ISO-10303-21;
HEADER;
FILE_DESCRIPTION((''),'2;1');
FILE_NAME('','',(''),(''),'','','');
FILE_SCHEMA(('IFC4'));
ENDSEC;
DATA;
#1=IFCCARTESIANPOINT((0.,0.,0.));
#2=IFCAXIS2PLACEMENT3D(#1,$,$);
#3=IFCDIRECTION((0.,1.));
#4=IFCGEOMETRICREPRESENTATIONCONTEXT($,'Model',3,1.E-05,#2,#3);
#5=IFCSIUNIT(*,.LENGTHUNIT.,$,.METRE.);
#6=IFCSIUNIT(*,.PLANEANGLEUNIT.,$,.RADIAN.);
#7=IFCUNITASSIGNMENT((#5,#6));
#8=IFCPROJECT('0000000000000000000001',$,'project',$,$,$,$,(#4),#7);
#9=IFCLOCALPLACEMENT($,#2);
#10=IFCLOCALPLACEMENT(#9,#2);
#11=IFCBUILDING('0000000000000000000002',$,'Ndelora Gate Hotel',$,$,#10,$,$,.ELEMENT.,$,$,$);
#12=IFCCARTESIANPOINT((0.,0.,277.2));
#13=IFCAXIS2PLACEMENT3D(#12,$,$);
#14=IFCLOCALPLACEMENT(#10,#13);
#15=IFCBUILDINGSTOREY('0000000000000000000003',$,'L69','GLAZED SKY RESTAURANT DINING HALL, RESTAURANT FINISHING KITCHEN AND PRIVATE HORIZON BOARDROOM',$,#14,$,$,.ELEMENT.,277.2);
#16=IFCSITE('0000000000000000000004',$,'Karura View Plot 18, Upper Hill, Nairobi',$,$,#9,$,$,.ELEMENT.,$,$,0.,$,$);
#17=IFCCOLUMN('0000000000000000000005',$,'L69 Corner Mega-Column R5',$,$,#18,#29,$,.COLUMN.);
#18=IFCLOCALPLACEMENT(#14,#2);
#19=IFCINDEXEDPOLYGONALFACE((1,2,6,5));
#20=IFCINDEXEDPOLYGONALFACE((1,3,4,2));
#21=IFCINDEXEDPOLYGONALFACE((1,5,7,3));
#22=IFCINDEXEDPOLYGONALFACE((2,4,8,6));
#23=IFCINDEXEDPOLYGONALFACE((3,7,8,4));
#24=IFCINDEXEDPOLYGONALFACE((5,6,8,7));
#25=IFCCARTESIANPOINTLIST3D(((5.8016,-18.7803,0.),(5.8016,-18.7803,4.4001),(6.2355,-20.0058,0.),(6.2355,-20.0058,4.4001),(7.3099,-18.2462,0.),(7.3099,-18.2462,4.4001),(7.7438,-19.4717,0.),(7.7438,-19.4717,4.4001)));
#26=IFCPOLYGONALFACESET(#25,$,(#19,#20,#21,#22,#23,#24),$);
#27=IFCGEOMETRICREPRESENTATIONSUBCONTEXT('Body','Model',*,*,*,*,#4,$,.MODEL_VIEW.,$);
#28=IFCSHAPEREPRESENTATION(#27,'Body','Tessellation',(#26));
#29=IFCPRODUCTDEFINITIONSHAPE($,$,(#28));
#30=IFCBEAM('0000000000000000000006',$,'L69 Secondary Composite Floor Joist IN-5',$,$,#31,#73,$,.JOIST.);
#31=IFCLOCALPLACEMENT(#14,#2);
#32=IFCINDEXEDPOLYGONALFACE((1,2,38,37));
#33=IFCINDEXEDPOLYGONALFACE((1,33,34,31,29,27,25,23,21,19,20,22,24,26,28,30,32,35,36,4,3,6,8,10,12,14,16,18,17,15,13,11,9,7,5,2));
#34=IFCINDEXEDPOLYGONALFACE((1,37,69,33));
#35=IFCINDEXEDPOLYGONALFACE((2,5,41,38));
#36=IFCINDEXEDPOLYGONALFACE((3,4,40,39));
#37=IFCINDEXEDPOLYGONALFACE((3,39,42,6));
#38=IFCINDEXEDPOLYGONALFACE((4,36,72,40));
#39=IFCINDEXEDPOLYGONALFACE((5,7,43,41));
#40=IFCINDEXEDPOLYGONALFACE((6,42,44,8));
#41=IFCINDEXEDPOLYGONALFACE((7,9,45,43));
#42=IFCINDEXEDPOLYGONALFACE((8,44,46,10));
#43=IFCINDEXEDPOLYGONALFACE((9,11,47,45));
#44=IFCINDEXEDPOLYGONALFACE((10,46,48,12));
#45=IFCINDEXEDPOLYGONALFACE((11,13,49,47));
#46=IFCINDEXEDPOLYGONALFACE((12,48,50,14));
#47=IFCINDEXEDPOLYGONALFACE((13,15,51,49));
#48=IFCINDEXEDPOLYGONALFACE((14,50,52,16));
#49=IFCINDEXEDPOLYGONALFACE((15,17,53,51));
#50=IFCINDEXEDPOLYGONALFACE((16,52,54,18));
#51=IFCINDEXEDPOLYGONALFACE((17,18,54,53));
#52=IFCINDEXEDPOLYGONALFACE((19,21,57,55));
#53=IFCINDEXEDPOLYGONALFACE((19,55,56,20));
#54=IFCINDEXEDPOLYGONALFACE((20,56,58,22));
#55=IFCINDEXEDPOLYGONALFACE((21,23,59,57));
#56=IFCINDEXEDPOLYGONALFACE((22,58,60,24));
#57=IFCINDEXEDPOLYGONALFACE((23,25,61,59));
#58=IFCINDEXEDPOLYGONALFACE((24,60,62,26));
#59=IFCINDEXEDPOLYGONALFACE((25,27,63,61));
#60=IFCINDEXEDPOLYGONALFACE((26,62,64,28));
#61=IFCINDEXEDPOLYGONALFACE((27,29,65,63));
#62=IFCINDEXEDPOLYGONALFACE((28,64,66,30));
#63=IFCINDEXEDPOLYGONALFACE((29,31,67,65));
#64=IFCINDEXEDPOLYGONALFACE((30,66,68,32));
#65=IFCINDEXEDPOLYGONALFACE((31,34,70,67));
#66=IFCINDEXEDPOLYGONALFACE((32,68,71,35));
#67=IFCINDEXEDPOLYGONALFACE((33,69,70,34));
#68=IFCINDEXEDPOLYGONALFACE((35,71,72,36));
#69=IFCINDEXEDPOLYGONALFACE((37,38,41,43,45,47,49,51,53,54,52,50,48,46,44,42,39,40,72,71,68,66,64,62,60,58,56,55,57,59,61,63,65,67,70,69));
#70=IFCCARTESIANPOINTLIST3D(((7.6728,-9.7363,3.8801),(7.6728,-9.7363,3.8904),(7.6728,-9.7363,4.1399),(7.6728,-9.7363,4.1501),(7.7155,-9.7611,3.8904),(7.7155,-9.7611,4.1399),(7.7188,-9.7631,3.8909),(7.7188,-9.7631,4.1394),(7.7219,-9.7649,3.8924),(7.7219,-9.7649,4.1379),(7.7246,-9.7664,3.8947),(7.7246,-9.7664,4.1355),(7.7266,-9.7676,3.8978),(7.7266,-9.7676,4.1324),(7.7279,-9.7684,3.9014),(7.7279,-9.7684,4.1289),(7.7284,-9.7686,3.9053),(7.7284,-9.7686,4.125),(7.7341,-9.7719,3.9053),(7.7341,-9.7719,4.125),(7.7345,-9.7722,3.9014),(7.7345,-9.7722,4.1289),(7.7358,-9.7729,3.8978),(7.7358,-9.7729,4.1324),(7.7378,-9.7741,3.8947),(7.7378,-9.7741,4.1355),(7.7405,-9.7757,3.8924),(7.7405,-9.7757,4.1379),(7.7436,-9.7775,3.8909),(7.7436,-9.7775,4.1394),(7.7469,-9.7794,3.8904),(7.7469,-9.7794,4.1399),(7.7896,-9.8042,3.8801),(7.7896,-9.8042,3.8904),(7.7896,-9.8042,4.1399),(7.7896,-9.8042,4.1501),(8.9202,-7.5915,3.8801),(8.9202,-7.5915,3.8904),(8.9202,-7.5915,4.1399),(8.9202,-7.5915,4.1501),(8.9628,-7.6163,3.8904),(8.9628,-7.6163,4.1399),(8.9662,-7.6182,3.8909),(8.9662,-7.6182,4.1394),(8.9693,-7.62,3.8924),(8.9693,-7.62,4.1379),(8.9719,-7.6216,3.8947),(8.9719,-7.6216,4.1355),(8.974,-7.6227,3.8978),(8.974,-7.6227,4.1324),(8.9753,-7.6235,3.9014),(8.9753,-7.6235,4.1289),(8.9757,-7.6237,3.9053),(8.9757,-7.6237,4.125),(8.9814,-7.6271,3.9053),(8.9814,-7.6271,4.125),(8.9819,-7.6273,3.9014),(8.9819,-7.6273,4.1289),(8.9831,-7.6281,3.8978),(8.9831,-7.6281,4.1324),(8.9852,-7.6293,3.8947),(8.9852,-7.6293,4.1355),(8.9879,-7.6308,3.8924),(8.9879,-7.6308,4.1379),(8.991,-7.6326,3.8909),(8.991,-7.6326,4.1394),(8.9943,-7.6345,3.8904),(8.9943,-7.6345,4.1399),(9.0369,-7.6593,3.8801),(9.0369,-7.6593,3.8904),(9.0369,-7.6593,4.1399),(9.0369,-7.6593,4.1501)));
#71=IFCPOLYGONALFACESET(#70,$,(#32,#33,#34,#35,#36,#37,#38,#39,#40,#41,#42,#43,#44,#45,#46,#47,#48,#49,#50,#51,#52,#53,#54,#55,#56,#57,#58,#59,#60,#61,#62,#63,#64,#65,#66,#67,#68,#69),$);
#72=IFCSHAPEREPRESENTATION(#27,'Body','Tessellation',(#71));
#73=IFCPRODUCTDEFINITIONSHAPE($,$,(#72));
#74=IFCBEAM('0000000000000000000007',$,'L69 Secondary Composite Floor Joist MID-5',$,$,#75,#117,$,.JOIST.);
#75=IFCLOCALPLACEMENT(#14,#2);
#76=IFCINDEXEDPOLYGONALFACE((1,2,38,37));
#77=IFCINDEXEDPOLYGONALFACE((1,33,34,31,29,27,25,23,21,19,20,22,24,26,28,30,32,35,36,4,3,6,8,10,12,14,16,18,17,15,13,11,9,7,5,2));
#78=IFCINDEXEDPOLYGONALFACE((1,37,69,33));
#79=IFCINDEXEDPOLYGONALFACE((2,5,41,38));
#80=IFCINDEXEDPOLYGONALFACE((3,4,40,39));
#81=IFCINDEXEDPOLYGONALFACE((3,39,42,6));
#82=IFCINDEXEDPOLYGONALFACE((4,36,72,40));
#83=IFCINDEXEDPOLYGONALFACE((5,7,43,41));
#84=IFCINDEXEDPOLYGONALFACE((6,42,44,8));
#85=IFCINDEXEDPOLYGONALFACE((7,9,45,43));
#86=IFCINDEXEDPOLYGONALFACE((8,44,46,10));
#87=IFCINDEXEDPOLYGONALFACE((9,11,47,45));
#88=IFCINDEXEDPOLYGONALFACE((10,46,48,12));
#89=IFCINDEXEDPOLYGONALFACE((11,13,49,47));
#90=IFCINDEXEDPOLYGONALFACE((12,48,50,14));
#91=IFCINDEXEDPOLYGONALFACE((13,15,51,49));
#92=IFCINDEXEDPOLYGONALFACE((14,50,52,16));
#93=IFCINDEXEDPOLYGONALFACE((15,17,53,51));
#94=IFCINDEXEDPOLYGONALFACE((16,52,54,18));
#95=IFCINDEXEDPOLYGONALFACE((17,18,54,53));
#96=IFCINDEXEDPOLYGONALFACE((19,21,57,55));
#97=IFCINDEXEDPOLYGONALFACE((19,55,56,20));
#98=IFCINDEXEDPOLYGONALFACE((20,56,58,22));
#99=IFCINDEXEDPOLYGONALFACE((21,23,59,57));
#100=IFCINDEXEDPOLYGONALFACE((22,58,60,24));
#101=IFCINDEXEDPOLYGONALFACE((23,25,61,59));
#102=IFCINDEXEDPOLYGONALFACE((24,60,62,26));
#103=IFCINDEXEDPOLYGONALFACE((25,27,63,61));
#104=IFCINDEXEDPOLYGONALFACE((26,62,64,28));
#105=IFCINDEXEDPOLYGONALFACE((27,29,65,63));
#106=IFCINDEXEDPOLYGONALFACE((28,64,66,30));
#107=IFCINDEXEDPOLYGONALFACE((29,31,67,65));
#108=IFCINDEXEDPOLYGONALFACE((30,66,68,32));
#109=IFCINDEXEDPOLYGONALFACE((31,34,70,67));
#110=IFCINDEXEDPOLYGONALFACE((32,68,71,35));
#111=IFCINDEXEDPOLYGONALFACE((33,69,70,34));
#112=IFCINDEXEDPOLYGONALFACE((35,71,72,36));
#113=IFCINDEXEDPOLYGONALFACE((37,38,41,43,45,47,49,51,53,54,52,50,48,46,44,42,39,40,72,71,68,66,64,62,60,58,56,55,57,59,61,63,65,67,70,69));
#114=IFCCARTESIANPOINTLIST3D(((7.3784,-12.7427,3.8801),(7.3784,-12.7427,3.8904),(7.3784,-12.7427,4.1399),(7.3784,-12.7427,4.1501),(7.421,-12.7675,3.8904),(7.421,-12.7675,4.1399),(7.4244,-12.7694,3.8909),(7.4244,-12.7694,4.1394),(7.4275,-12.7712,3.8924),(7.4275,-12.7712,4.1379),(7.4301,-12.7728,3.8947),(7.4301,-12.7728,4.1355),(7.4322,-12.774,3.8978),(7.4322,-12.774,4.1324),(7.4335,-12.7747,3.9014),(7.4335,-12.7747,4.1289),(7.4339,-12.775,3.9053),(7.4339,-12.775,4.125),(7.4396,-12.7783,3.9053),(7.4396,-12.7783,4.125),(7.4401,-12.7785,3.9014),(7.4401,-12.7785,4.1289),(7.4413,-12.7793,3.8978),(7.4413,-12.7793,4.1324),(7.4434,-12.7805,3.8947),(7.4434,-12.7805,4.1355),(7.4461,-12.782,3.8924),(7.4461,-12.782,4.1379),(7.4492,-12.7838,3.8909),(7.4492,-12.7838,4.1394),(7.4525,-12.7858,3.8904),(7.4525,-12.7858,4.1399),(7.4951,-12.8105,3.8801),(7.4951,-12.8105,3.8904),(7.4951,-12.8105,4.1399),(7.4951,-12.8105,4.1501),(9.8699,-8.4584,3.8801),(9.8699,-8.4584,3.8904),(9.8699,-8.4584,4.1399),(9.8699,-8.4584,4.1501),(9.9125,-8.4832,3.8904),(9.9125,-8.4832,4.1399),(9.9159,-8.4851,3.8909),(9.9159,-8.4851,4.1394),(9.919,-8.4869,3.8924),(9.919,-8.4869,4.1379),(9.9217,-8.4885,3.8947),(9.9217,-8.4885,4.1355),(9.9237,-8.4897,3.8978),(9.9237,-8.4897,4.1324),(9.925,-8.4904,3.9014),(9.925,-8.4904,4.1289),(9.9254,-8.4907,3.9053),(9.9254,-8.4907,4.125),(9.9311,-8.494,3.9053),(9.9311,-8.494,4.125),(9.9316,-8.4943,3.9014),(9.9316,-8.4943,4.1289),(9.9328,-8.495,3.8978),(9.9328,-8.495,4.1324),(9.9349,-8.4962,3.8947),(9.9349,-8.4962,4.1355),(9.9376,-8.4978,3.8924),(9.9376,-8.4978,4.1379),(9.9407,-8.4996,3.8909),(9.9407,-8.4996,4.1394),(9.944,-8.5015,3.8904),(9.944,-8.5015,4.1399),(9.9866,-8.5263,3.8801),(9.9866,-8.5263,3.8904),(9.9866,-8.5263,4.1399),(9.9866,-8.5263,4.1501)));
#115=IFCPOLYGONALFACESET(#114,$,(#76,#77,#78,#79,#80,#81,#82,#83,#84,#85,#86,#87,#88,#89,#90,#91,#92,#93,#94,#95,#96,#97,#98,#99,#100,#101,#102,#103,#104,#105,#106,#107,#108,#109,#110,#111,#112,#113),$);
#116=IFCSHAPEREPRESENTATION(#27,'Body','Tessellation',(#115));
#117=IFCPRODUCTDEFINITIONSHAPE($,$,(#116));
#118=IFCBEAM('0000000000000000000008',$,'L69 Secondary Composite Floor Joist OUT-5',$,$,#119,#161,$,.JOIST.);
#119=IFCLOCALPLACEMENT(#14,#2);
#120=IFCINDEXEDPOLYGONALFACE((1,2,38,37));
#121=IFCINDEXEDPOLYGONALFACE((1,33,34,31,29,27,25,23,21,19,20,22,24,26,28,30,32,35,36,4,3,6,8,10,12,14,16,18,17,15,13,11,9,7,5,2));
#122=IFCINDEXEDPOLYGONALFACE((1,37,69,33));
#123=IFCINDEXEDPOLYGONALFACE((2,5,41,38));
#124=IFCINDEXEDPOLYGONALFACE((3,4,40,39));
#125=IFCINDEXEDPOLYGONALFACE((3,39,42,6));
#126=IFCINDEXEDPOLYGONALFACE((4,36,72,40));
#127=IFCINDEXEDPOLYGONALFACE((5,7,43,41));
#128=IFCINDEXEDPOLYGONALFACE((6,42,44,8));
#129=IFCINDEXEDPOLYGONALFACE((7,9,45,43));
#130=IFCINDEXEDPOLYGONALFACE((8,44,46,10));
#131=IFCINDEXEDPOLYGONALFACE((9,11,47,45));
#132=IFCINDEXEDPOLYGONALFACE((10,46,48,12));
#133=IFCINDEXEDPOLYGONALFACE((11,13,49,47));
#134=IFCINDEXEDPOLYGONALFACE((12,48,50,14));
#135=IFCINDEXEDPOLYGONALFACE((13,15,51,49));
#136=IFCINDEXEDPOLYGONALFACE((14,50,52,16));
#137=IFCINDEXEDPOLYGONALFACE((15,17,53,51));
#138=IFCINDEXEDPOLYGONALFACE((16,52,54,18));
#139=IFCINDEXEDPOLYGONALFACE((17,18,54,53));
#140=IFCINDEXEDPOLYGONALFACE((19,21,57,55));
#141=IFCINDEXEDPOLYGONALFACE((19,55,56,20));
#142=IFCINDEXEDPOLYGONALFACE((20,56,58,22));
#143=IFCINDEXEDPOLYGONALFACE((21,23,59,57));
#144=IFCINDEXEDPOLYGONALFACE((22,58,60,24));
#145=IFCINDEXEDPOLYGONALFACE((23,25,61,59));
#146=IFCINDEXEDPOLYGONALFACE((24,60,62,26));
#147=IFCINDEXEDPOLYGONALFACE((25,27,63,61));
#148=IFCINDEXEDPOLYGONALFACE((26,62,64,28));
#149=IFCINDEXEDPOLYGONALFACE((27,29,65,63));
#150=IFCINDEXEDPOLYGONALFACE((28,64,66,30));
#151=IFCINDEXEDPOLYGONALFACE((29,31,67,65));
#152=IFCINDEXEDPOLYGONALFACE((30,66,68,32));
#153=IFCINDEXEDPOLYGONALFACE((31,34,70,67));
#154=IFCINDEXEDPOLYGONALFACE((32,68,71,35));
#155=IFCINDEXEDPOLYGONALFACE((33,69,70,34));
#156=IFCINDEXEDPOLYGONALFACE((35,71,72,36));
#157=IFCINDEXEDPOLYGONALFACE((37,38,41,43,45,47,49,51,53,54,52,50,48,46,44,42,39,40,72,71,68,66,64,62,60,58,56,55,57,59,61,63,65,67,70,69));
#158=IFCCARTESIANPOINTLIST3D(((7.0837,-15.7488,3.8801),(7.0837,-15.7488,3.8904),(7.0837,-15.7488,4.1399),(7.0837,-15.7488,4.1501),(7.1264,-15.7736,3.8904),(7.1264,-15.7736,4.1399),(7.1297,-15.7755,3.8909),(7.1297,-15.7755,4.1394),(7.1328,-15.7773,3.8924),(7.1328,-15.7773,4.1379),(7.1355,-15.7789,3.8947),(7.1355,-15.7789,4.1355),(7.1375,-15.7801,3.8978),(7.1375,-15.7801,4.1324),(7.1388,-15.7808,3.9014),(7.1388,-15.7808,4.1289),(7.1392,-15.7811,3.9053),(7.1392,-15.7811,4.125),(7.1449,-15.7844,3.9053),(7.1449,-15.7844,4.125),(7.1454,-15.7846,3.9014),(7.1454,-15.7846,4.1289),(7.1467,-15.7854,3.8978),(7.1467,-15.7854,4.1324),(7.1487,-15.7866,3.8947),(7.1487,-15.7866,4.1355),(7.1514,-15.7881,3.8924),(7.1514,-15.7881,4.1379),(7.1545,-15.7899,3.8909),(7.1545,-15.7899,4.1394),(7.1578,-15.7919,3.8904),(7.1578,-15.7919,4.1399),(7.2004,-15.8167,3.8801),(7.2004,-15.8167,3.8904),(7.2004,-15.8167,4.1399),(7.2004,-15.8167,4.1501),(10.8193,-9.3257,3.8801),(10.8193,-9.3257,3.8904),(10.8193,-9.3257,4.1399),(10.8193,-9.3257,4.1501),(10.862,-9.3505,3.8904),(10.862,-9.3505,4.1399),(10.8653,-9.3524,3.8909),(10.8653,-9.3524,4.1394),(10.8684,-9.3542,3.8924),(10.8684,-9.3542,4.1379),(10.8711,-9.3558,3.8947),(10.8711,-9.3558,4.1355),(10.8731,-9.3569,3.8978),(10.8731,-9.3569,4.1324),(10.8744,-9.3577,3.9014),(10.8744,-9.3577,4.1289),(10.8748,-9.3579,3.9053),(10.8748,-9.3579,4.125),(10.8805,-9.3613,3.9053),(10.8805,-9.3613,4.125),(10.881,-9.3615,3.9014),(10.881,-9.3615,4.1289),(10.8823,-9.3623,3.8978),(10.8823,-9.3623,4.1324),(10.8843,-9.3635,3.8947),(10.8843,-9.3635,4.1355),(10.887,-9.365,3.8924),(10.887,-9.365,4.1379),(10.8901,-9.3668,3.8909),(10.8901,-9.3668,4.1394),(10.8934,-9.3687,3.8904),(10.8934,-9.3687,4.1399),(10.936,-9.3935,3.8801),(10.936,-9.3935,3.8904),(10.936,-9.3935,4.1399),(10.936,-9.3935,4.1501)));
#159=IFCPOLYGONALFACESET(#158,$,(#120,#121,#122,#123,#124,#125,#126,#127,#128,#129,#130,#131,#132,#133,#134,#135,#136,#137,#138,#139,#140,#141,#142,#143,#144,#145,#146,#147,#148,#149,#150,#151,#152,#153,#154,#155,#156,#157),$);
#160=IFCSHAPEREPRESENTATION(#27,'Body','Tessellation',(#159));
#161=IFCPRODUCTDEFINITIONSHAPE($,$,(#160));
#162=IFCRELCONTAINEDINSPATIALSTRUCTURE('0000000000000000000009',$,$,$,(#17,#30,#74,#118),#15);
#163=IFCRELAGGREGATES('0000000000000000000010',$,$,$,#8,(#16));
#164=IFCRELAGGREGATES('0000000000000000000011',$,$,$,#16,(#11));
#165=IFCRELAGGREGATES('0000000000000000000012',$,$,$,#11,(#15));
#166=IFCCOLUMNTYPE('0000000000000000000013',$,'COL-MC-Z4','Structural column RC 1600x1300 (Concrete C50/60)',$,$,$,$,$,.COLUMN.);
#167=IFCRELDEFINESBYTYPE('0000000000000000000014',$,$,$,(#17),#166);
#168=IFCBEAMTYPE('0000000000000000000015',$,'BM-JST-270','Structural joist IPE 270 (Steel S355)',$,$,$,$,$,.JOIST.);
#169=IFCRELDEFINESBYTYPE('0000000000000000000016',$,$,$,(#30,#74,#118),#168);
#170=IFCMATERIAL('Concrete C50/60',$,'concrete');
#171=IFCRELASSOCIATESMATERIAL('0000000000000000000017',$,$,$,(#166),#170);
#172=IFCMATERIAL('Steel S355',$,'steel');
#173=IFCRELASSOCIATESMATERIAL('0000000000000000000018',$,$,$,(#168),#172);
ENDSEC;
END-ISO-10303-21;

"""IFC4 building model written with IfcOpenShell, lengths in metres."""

from ifc_helpers import new_model, si_unit, direction, frame, origin, origin_2d, place, context, subcontext, project, spatial, rectangle, i_section, extrude, material, material_profile, profile_set, type_object, element, save


model = new_model("IFC4")

# Units and contexts
model_context = context("Model", 3, precision=1e-05, world=origin(), true_north=direction((0.0, 1.0)))
body_context = subcontext(model_context, "Body", "Model", "MODEL_VIEW")
ifc_project = project(units=[si_unit("LENGTHUNIT", "METRE"), si_unit("PLANEANGLEUNIT", "RADIAN")], contexts=[model_context])

# Site, building, storey
site_placement = place(None, origin())
site = spatial("IfcSite", under=ifc_project, at=site_placement, Name="Karura View Plot 18, Upper Hill, Nairobi", CompositionType="ELEMENT", RefElevation=0.0)
building_placement = place(site_placement, origin())
building = spatial("IfcBuilding", under=site, at=building_placement, Name="Ndelora Gate Hotel", CompositionType="ELEMENT")
storey_placement = place(building_placement, frame((0.0, 0.0, 277.2)))
storey = spatial("IfcBuildingStorey", under=building, at=storey_placement, Name="L69", Description="GLAZED SKY RESTAURANT DINING HALL, RESTAURANT FINISHING KITCHEN AND PRIVATE HORIZON BOARDROOM", CompositionType="ELEMENT", Elevation=277.2)

# Column
ifc_material_1 = material(Name="Concrete C50/60", Category="concrete")
ifc_material_profile_1 = material_profile(ifc_material_1, rectangle(XDim=1.3, YDim=1.6001, at=origin_2d()), Name="RC 1600x1300")
ifc_profile_set_1 = profile_set([ifc_material_profile_1], Name="Concrete C50/60")
column_type = type_object("IfcColumnType", Name="COL-MC-Z4", Description="Structural column RC 1600x1300 (Concrete C50/60)", PredefinedType="COLUMN", material=ifc_profile_set_1)
column_placement = place(storey_placement, frame((6.7727, -19.126, 0.0), z_axis=(0.0, 0.0, 1.0), x_axis=(-0.333807, 0.942641, 0.0)))
element("IfcColumn", 1, at=column_placement, inside=storey, type_object=column_type, Name="L69 Corner Mega-Column R5", PredefinedType="COLUMN", context=body_context, shape_type="SweptSolid", body=[
    extrude(rectangle(XDim=1.3, YDim=1.6001, at=origin_2d()), origin(), (0.0, 0.0, 1.0), 4.4001),
])

# Beams
ifc_material_2 = material(Name="Steel S355", Category="steel")
ifc_material_profile_2 = material_profile(ifc_material_2, i_section(OverallWidth=0.135, OverallDepth=0.27, WebThickness=0.0066, FlangeThickness=0.0103, FilletRadius=0.0149, at=origin_2d()), Name="IPE 270")
ifc_profile_set_2 = profile_set([ifc_material_profile_2], Name="Steel S355")
beam_type_1 = type_object("IfcBeamType", Name="BM-JST-270", Description="Structural joist IPE 270 (Steel S355)", PredefinedType="JOIST", material=ifc_profile_set_2)
beam_1_placement = place(storey_placement, frame((7.7312, -9.7703, 4.0151), z_axis=(0.502726, 0.864446, 0.0), x_axis=(-0.864446, 0.502726, 0.0)))
element("IfcBeam", 2, at=beam_1_placement, inside=storey, type_object=beam_type_1, Name="L69 Secondary Composite Floor Joist IN-5", PredefinedType="JOIST", context=body_context, shape_type="SweptSolid", body=[
    extrude(i_section(OverallWidth=0.135, OverallDepth=0.27, WebThickness=0.0066, FlangeThickness=0.0103, FilletRadius=0.0149, at=origin_2d()), origin(), (0.0, 0.0, 1.0), 2.4812),
])
beam_2_placement = place(storey_placement, frame((7.4368, -12.7766, 4.0151), z_axis=(0.502719, 0.86445, 0.0), x_axis=(-0.86445, 0.502719, 0.0)))
element("IfcBeam", 3, at=beam_2_placement, inside=storey, type_object=beam_type_1, Name="L69 Secondary Composite Floor Joist MID-5", PredefinedType="JOIST", context=body_context, shape_type="SweptSolid", body=[
    extrude(i_section(OverallWidth=0.135, OverallDepth=0.27, WebThickness=0.0066, FlangeThickness=0.0103, FilletRadius=0.0149, at=origin_2d()), origin(), (0.0, 0.0, 1.0), 4.9561),
])
beam_3_placement = place(storey_placement, frame((7.1421, -15.7827, 4.0151), z_axis=(0.502745, 0.864435, 0.0), x_axis=(-0.864435, 0.502745, 0.0)))
element("IfcBeam", 4, at=beam_3_placement, inside=storey, type_object=beam_type_1, Name="L69 Secondary Composite Floor Joist OUT-5", PredefinedType="JOIST", context=body_context, shape_type="SweptSolid", body=[
    extrude(i_section(OverallWidth=0.135, OverallDepth=0.27, WebThickness=0.0066, FlangeThickness=0.0103, FilletRadius=0.0149, at=origin_2d()), origin(), (0.0, 0.0, 1.0), 7.4304),
])

save(model, "model.ifc")
